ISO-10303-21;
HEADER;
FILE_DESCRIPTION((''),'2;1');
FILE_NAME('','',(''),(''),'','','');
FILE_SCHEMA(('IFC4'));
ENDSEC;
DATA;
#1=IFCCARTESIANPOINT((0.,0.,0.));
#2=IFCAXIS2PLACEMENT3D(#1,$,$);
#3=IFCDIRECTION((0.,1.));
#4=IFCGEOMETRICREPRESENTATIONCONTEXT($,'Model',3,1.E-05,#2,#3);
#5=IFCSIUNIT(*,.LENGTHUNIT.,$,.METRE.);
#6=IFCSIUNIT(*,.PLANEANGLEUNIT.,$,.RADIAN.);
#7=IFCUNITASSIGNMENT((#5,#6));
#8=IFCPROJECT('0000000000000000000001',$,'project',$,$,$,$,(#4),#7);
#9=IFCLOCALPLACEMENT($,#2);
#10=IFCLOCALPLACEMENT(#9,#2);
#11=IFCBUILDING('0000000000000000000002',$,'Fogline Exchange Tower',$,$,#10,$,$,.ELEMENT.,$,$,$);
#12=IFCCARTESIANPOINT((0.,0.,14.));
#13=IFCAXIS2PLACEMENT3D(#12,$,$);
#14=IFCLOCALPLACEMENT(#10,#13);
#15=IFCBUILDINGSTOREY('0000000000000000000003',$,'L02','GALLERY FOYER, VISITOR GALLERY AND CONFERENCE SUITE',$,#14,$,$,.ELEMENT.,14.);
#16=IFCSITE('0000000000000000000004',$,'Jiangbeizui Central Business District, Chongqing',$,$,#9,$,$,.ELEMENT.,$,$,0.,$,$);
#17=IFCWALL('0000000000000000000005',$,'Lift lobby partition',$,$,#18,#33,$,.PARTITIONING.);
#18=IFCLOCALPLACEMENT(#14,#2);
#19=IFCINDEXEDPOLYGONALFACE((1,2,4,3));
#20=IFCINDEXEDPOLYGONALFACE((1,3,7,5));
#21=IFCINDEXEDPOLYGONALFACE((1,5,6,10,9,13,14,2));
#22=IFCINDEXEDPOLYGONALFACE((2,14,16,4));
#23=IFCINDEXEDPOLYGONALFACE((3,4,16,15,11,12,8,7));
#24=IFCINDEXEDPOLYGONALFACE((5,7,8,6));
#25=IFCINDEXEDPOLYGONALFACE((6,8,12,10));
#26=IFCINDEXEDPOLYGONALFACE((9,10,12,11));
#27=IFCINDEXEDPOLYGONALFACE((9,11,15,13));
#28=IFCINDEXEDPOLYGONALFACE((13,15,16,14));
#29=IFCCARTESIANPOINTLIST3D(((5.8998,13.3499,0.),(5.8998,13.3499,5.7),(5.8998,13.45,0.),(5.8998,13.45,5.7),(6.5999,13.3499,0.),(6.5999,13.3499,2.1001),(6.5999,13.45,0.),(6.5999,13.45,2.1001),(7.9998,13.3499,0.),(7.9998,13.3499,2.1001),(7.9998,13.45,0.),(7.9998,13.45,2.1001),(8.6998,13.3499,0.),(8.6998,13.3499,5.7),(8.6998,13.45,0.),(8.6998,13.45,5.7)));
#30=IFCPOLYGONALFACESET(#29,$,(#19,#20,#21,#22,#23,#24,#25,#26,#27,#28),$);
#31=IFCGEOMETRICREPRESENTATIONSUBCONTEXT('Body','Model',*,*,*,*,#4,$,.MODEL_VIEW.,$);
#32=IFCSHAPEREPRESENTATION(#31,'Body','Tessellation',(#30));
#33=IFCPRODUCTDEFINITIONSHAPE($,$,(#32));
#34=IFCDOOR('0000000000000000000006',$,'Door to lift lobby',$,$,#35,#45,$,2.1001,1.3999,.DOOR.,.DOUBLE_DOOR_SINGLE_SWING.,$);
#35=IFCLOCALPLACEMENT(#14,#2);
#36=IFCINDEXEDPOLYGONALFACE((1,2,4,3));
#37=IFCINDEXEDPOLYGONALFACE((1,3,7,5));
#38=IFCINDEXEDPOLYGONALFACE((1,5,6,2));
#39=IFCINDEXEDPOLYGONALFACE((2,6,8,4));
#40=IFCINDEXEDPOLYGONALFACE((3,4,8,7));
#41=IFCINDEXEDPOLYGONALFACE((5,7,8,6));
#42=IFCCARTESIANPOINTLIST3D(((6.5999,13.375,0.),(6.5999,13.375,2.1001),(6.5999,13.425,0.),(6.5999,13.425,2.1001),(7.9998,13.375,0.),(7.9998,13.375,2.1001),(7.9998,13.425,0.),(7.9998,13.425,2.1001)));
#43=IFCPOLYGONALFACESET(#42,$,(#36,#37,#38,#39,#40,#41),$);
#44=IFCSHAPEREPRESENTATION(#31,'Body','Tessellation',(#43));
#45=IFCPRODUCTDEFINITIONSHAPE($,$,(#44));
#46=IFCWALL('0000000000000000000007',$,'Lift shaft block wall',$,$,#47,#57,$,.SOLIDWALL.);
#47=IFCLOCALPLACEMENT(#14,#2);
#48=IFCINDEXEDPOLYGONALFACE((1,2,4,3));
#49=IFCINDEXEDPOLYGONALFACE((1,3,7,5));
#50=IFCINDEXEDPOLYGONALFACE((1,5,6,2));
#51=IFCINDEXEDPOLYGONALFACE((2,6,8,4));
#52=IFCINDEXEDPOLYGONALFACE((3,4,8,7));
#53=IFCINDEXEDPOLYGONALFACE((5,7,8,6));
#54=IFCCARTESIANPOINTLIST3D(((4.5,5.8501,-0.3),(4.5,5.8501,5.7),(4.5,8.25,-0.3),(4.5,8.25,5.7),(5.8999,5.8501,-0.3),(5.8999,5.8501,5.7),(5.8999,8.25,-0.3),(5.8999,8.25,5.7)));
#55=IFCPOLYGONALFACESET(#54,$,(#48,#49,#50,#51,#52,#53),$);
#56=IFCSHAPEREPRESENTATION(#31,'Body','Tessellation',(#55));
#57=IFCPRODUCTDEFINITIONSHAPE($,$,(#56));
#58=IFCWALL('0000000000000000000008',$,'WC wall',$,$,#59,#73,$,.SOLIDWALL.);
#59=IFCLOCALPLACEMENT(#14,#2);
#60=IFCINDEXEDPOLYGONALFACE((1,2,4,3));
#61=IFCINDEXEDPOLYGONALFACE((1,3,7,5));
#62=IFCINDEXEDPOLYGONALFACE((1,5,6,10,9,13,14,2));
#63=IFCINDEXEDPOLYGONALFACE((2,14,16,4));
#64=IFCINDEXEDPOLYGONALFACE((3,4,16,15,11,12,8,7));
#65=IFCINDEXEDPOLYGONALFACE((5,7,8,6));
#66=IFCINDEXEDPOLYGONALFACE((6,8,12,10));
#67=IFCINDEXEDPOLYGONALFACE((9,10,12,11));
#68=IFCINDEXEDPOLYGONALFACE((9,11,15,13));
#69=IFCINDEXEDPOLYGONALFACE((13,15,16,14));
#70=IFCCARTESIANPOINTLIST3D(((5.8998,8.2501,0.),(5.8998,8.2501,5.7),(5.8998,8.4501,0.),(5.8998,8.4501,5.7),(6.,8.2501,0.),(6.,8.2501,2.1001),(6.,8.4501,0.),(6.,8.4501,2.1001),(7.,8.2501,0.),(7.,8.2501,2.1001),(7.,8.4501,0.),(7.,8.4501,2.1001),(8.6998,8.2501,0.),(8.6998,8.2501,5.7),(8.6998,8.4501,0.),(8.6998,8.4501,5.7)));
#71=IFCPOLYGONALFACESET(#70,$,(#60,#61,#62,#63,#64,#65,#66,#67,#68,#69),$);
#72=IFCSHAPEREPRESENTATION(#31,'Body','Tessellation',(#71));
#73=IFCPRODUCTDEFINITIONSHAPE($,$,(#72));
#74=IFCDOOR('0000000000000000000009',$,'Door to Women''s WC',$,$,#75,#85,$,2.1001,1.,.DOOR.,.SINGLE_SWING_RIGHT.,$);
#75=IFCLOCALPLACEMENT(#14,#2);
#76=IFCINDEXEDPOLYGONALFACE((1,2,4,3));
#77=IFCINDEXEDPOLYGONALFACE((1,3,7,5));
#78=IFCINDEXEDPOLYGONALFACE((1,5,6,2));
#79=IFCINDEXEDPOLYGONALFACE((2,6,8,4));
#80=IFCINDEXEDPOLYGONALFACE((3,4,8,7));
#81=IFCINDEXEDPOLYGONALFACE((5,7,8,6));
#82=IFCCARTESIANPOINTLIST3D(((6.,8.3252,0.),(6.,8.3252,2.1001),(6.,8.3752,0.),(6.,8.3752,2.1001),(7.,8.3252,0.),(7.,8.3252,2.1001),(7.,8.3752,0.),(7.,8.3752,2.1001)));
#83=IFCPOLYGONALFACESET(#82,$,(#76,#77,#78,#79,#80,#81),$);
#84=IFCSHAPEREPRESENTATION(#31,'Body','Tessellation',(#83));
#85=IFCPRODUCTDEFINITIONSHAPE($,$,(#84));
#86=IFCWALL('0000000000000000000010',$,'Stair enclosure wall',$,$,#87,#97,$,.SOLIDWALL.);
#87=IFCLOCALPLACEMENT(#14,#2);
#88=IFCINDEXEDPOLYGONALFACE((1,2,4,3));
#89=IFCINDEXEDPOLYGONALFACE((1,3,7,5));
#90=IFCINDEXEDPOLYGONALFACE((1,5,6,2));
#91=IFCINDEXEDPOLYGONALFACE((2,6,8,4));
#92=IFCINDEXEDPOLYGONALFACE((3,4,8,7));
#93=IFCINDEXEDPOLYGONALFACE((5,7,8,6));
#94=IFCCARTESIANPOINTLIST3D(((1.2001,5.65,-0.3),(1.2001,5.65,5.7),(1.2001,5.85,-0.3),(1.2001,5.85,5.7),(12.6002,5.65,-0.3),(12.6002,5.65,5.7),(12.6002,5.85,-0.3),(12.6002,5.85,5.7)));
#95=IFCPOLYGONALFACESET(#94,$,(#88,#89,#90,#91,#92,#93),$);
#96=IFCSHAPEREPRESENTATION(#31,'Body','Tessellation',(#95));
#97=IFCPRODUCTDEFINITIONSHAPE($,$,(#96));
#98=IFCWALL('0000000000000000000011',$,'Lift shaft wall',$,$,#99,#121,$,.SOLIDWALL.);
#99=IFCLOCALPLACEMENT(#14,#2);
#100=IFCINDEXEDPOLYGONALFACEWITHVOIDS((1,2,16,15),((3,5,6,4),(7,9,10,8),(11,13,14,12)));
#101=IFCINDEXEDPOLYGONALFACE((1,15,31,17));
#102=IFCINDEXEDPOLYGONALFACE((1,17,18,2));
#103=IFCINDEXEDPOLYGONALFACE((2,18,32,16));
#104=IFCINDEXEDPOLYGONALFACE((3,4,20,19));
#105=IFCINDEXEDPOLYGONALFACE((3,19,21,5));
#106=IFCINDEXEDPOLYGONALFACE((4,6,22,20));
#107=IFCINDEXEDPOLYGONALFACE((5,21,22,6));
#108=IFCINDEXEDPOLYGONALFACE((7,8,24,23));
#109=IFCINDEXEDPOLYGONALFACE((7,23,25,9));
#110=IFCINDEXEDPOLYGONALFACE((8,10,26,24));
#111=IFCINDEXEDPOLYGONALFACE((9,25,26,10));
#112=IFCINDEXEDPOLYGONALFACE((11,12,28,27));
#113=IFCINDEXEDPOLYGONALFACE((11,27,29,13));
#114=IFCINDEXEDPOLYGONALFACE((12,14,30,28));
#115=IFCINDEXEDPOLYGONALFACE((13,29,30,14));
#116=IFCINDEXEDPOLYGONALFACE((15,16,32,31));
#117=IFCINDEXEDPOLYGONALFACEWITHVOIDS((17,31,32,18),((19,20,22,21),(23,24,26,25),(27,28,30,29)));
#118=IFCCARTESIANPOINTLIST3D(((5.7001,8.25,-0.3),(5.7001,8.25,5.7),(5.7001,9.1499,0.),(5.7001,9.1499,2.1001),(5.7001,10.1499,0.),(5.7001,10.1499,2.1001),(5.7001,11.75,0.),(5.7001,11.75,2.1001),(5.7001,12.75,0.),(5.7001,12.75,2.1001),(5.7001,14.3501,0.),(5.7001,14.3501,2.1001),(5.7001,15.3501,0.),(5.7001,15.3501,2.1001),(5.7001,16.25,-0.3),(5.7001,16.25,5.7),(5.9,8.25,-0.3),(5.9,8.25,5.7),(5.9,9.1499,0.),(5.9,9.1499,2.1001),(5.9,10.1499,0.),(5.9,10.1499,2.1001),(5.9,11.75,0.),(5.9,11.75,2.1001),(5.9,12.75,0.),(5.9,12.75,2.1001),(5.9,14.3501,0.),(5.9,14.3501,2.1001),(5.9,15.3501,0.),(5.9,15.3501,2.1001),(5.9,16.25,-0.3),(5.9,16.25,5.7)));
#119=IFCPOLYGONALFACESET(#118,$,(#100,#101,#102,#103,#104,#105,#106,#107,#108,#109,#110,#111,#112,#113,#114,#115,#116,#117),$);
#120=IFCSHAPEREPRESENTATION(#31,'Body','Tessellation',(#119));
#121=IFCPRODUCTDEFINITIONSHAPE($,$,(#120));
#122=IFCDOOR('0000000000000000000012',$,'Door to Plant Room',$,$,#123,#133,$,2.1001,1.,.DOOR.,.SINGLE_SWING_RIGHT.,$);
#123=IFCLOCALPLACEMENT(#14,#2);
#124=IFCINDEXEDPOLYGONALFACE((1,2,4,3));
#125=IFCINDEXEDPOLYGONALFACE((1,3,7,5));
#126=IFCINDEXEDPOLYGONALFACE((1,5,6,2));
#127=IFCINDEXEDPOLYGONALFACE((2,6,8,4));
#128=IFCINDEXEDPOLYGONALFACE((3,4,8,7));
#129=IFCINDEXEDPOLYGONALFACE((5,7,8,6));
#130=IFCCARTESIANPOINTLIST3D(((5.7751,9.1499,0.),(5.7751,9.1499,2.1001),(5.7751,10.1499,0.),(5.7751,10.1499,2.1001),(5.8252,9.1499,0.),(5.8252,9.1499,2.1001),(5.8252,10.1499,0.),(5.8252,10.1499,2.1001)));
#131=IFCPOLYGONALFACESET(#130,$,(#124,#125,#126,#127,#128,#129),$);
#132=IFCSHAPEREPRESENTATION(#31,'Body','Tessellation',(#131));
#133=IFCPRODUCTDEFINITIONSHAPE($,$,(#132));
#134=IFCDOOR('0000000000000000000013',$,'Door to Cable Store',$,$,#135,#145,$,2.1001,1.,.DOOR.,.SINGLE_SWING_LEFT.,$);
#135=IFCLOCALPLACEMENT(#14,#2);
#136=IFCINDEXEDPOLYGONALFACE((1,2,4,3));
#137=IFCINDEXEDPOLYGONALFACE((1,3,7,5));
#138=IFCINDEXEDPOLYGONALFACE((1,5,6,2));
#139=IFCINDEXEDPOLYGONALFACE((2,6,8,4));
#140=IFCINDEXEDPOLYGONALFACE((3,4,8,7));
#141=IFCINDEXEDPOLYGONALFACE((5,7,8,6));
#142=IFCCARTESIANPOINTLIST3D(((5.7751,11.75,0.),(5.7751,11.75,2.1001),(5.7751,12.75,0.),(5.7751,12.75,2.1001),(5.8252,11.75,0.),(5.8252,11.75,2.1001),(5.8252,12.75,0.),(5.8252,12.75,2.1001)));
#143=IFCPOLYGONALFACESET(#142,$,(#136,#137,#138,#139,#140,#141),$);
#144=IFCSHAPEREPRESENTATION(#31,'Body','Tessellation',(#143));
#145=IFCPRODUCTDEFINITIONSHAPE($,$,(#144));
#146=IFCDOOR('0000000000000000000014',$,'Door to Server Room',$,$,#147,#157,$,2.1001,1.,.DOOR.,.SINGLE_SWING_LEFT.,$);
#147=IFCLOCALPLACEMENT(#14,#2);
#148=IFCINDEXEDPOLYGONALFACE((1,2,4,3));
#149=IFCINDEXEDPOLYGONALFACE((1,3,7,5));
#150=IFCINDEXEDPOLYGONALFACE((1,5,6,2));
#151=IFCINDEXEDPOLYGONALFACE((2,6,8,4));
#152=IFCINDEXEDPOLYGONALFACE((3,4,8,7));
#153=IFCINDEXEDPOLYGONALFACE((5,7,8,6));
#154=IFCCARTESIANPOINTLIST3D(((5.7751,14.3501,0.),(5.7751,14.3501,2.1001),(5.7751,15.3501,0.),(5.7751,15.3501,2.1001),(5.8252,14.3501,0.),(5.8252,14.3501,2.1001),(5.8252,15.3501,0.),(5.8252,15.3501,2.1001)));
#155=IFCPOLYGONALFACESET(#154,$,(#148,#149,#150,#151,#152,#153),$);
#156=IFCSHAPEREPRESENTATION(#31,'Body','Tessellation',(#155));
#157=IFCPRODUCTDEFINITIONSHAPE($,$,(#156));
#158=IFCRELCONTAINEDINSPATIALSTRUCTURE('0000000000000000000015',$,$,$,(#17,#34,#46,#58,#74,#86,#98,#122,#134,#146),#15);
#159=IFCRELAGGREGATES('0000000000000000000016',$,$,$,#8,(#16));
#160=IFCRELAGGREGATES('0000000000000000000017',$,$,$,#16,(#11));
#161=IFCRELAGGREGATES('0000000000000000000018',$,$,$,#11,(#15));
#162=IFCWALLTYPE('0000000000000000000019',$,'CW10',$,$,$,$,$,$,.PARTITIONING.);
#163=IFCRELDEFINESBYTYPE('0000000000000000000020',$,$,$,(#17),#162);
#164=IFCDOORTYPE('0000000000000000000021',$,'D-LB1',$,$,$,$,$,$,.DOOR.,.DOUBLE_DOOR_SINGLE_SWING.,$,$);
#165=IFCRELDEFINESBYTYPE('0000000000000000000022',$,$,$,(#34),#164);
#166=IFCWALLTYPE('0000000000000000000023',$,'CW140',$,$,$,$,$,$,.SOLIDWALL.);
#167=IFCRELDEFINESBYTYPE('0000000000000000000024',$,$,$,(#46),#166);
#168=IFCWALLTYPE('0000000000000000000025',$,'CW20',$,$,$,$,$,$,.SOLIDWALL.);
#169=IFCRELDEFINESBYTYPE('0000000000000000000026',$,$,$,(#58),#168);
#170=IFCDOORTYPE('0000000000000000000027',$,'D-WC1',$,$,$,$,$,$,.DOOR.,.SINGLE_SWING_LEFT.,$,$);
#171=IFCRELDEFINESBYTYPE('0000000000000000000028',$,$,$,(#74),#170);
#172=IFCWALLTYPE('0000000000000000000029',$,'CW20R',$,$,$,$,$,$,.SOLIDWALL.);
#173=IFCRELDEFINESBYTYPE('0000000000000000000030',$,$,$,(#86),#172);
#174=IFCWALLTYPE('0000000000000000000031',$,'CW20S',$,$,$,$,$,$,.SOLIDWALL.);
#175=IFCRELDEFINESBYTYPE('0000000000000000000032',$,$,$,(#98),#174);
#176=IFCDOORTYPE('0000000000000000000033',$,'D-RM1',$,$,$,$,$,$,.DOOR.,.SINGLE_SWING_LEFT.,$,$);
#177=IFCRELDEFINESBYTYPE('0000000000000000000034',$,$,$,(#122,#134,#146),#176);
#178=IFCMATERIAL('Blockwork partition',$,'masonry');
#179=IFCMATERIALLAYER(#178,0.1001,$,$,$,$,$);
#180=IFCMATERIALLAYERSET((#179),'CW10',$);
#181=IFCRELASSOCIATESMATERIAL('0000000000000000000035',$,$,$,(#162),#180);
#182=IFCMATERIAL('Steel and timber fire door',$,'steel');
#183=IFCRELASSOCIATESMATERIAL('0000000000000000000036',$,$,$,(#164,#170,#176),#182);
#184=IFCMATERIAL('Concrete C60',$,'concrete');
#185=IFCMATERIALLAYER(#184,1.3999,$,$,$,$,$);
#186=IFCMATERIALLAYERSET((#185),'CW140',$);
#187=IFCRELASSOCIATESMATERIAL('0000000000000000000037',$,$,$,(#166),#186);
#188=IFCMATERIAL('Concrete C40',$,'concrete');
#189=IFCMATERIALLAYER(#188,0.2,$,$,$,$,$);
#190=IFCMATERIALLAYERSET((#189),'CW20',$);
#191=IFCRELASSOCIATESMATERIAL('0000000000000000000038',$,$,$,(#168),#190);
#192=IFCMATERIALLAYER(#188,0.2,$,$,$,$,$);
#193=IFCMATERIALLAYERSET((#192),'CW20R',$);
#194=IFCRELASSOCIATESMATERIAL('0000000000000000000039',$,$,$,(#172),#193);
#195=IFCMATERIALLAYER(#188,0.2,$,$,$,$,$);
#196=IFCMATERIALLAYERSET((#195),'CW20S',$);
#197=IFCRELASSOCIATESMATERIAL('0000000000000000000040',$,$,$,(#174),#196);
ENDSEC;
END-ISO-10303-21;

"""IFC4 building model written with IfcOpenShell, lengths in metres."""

from ifc_helpers import new_model, si_unit, direction, frame, frame_2d, origin, place, context, subcontext, project, spatial, rectangle, extrude, material, layer, layer_set, type_object, element, fill, save


model = new_model("IFC4")

# Units and contexts
model_context = context("Model", 3, precision=1e-05, world=origin(), true_north=direction((0.0, 1.0)))
body_context = subcontext(model_context, "Body", "Model", "MODEL_VIEW")
ifc_project = project(units=[si_unit("LENGTHUNIT", "METRE"), si_unit("PLANEANGLEUNIT", "RADIAN")], contexts=[model_context])

# Site, building, storey
site_placement = place(None, origin())
site = spatial("IfcSite", under=ifc_project, at=site_placement, Name="Jiangbeizui Central Business District, Chongqing", CompositionType="ELEMENT", RefElevation=0.0)
building_placement = place(site_placement, origin())
building = spatial("IfcBuilding", under=site, at=building_placement, Name="Fogline Exchange Tower", CompositionType="ELEMENT")
storey_placement = place(building_placement, frame((0.0, 0.0, 14.0)))
storey = spatial("IfcBuildingStorey", under=building, at=storey_placement, Name="L02", Description="GALLERY FOYER, VISITOR GALLERY AND CONFERENCE SUITE", CompositionType="ELEMENT", Elevation=14.0)

# Wall, opening, door
ifc_material_1 = material(Name="Blockwork partition", Category="masonry")
ifc_layer_1 = layer(ifc_material_1, 0.1001)
ifc_layer_set_1 = layer_set([ifc_layer_1], Name="CW10")
wall_type_1 = type_object("IfcWallType", Name="CW10", PredefinedType="PARTITIONING", material=ifc_layer_set_1)
wall_1_placement = place(storey_placement, frame((5.8999, 13.3999, 0.0), z_axis=(0.0, 0.0, 1.0), x_axis=(1.0, 0.0, 0.0)))
wall_1 = element("IfcWall", 1, at=wall_1_placement, inside=storey, type_object=wall_type_1, Name="Lift lobby partition", PredefinedType="PARTITIONING", context=body_context, shape_type="SweptSolid", body=[
    extrude(rectangle(XDim=2.8, YDim=0.1001, at=frame_2d((1.3999, 0.0))), origin(), (0.0, 0.0, 1.0), 5.7),
])
opening_1_placement = place(wall_1_placement, frame((0.7, 0.0, 0.0)))
opening_1 = element("IfcOpeningElement", 2, at=opening_1_placement, cuts=wall_1, PredefinedType="OPENING", context=body_context, shape_type="SweptSolid", body=[
    extrude(rectangle(XDim=1.3999, YDim=2.1001, at=frame_2d((0.7, 1.05))), frame((0.0, 0.0601, 0.0), z_axis=(0.0, -1.0, 0.0), x_axis=(1.0, 0.0, 0.0)), (0.0, 0.0, 1.0), 0.1201),
])
ifc_material_2 = material(Name="Steel and timber fire door", Category="steel")
door_type_1 = type_object("IfcDoorType", Name="D-LB1", OperationType="DOUBLE_DOOR_SINGLE_SWING", PredefinedType="DOOR", material=ifc_material_2)
door_1_placement = place(opening_1_placement, frame((1.3999, 0.0, 0.0), z_axis=(0.0, 0.0, 1.0), x_axis=(-1.0, 0.0, 0.0)))
door_1 = element("IfcDoor", 3, at=door_1_placement, inside=storey, type_object=door_type_1, Name="Door to lift lobby", OperationType="DOUBLE_DOOR_SINGLE_SWING", OverallHeight=2.1001, OverallWidth=1.3999, PredefinedType="DOOR", context=body_context, shape_type="SweptSolid", body=[
    extrude(rectangle(XDim=1.3999, YDim=2.1001, at=frame_2d((0.7, 1.05))), frame((0.0, 0.0249, 0.0), z_axis=(0.0, -1.0, 0.0), x_axis=(1.0, 0.0, 0.0)), (0.0, 0.0, 1.0), 0.05),
])
fill(opening_1, door_1)

# Wall
ifc_material_3 = material(Name="Concrete C60", Category="concrete")
ifc_layer_2 = layer(ifc_material_3, 1.3999)
ifc_layer_set_2 = layer_set([ifc_layer_2], Name="CW140")
wall_type_2 = type_object("IfcWallType", Name="CW140", PredefinedType="SOLIDWALL", material=ifc_layer_set_2)
wall_2_placement = place(storey_placement, frame((5.2, 5.8501, -0.3), z_axis=(0.0, 0.0, 1.0), x_axis=(0.0, 1.0, 0.0)))
element("IfcWall", 4, at=wall_2_placement, inside=storey, type_object=wall_type_2, Name="Lift shaft block wall", PredefinedType="SOLIDWALL", context=body_context, shape_type="SweptSolid", body=[
    extrude(rectangle(XDim=2.3999, YDim=1.3999, at=frame_2d((1.2, 0.0))), origin(), (0.0, 0.0, 1.0), 6.0),
])

# Wall, opening, door
ifc_material_4 = material(Name="Concrete C40", Category="concrete")
ifc_layer_3 = layer(ifc_material_4, 0.2)
ifc_layer_set_3 = layer_set([ifc_layer_3], Name="CW20")
wall_type_3 = type_object("IfcWallType", Name="CW20", PredefinedType="SOLIDWALL", material=ifc_layer_set_3)
wall_3_placement = place(storey_placement, frame((5.8999, 8.3501, 0.0), z_axis=(0.0, 0.0, 1.0), x_axis=(1.0, 0.0, 0.0)))
wall_3 = element("IfcWall", 5, at=wall_3_placement, inside=storey, type_object=wall_type_3, Name="WC wall", PredefinedType="SOLIDWALL", context=body_context, shape_type="SweptSolid", body=[
    extrude(rectangle(XDim=2.8, YDim=0.2, at=frame_2d((1.3999, 0.0))), origin(), (0.0, 0.0, 1.0), 5.7),
])
opening_2_placement = place(wall_3_placement, frame((0.1001, 0.0, 0.0)))
opening_2 = element("IfcOpeningElement", 6, at=opening_2_placement, cuts=wall_3, PredefinedType="OPENING", context=body_context, shape_type="SweptSolid", body=[
    extrude(rectangle(XDim=1.0, YDim=2.1001, at=frame_2d((0.5, 1.05))), frame((0.0, 0.1099, 0.0), z_axis=(0.0, -1.0, 0.0), x_axis=(1.0, 0.0, 0.0)), (0.0, 0.0, 1.0), 0.22),
])
door_type_2 = type_object("IfcDoorType", Name="D-WC1", OperationType="SINGLE_SWING_LEFT", PredefinedType="DOOR", material=ifc_material_2)
door_2_placement = place(opening_2_placement, frame((1.0, 0.0, 0.0), z_axis=(0.0, 0.0, 1.0), x_axis=(-1.0, 0.0, 0.0)))
door_2 = element("IfcDoor", 7, at=door_2_placement, inside=storey, type_object=door_type_2, Name="Door to Women's WC", OperationType="SINGLE_SWING_RIGHT", OverallHeight=2.1001, OverallWidth=1.0, PredefinedType="DOOR", context=body_context, shape_type="SweptSolid", body=[
    extrude(rectangle(XDim=1.0, YDim=2.1001, at=frame_2d((0.5, 1.05))), frame((0.0, 0.0249, 0.0), z_axis=(0.0, -1.0, 0.0), x_axis=(1.0, 0.0, 0.0)), (0.0, 0.0, 1.0), 0.05),
])
fill(opening_2, door_2)

# Wall
ifc_layer_4 = layer(ifc_material_4, 0.2)
ifc_layer_set_4 = layer_set([ifc_layer_4], Name="CW20R")
wall_type_4 = type_object("IfcWallType", Name="CW20R", PredefinedType="SOLIDWALL", material=ifc_layer_set_4)
wall_4_placement = place(storey_placement, frame((1.2, 5.75, -0.3), z_axis=(0.0, 0.0, 1.0), x_axis=(1.0, 0.0, 0.0)))
element("IfcWall", 8, at=wall_4_placement, inside=storey, type_object=wall_type_4, Name="Stair enclosure wall", PredefinedType="SOLIDWALL", context=body_context, shape_type="SweptSolid", body=[
    extrude(rectangle(XDim=11.4001, YDim=0.2, at=frame_2d((5.7002, 0.0))), origin(), (0.0, 0.0, 1.0), 6.0),
])

# Wall, openings, doors
ifc_layer_5 = layer(ifc_material_4, 0.2)
ifc_layer_set_5 = layer_set([ifc_layer_5], Name="CW20S")
wall_type_5 = type_object("IfcWallType", Name="CW20S", PredefinedType="SOLIDWALL", material=ifc_layer_set_5)
wall_5_placement = place(storey_placement, frame((5.8, 8.25, -0.3), z_axis=(0.0, 0.0, 1.0), x_axis=(0.0, 1.0, 0.0)))
wall_5 = element("IfcWall", 9, at=wall_5_placement, inside=storey, type_object=wall_type_5, Name="Lift shaft wall", PredefinedType="SOLIDWALL", context=body_context, shape_type="SweptSolid", body=[
    extrude(rectangle(XDim=8.0, YDim=0.2, at=frame_2d((4.0, 0.0))), origin(), (0.0, 0.0, 1.0), 6.0),
])
opening_3_placement = place(wall_5_placement, frame((0.8999, 0.0, 0.3)))
opening_3 = element("IfcOpeningElement", 10, at=opening_3_placement, cuts=wall_5, PredefinedType="OPENING", context=body_context, shape_type="SweptSolid", body=[
    extrude(rectangle(XDim=1.0, YDim=2.1001, at=frame_2d((0.5, 1.05))), frame((0.0, 0.1099, 0.0), z_axis=(0.0, -1.0, 0.0), x_axis=(1.0, 0.0, 0.0)), (0.0, 0.0, 1.0), 0.22),
])
opening_4_placement = place(wall_5_placement, frame((3.5, 0.0, 0.3)))
opening_4 = element("IfcOpeningElement", 11, at=opening_4_placement, cuts=wall_5, PredefinedType="OPENING", context=body_context, shape_type="SweptSolid", body=[
    extrude(rectangle(XDim=1.0, YDim=2.1001, at=frame_2d((0.5, 1.05))), frame((0.0, 0.1099, 0.0), z_axis=(0.0, -1.0, 0.0), x_axis=(1.0, 0.0, 0.0)), (0.0, 0.0, 1.0), 0.22),
])
opening_5_placement = place(wall_5_placement, frame((6.1001, 0.0, 0.3)))
opening_5 = element("IfcOpeningElement", 12, at=opening_5_placement, cuts=wall_5, PredefinedType="OPENING", context=body_context, shape_type="SweptSolid", body=[
    extrude(rectangle(XDim=1.0, YDim=2.1001, at=frame_2d((0.5, 1.05))), frame((0.0, 0.1099, 0.0), z_axis=(0.0, -1.0, 0.0), x_axis=(1.0, 0.0, 0.0)), (0.0, 0.0, 1.0), 0.22),
])
door_type_3 = type_object("IfcDoorType", Name="D-RM1", OperationType="SINGLE_SWING_LEFT", PredefinedType="DOOR", material=ifc_material_2)
door_3_placement = place(opening_3_placement, origin())
door_3 = element("IfcDoor", 13, at=door_3_placement, inside=storey, type_object=door_type_3, Name="Door to Plant Room", OperationType="SINGLE_SWING_RIGHT", OverallHeight=2.1001, OverallWidth=1.0, PredefinedType="DOOR", context=body_context, shape_type="SweptSolid", body=[
    extrude(rectangle(XDim=1.0, YDim=2.1001, at=frame_2d((0.5, 1.05))), frame((0.0, 0.0249, 0.0), z_axis=(0.0, -1.0, 0.0), x_axis=(1.0, 0.0, 0.0)), (0.0, 0.0, 1.0), 0.05),
])
fill(opening_3, door_3)
door_4_placement = place(opening_4_placement, origin())
door_4 = element("IfcDoor", 14, at=door_4_placement, inside=storey, type_object=door_type_3, Name="Door to Cable Store", OperationType="SINGLE_SWING_LEFT", OverallHeight=2.1001, OverallWidth=1.0, PredefinedType="DOOR", context=body_context, shape_type="SweptSolid", body=[
    extrude(rectangle(XDim=1.0, YDim=2.1001, at=frame_2d((0.5, 1.05))), frame((0.0, 0.0249, 0.0), z_axis=(0.0, -1.0, 0.0), x_axis=(1.0, 0.0, 0.0)), (0.0, 0.0, 1.0), 0.05),
])
fill(opening_4, door_4)
door_5_placement = place(opening_5_placement, origin())
door_5 = element("IfcDoor", 15, at=door_5_placement, inside=storey, type_object=door_type_3, Name="Door to Server Room", OperationType="SINGLE_SWING_LEFT", OverallHeight=2.1001, OverallWidth=1.0, PredefinedType="DOOR", context=body_context, shape_type="SweptSolid", body=[
    extrude(rectangle(XDim=1.0, YDim=2.1001, at=frame_2d((0.5, 1.05))), frame((0.0, 0.0249, 0.0), z_axis=(0.0, -1.0, 0.0), x_axis=(1.0, 0.0, 0.0)), (0.0, 0.0, 1.0), 0.05),
])
fill(opening_5, door_5)

save(model, "model.ifc")
